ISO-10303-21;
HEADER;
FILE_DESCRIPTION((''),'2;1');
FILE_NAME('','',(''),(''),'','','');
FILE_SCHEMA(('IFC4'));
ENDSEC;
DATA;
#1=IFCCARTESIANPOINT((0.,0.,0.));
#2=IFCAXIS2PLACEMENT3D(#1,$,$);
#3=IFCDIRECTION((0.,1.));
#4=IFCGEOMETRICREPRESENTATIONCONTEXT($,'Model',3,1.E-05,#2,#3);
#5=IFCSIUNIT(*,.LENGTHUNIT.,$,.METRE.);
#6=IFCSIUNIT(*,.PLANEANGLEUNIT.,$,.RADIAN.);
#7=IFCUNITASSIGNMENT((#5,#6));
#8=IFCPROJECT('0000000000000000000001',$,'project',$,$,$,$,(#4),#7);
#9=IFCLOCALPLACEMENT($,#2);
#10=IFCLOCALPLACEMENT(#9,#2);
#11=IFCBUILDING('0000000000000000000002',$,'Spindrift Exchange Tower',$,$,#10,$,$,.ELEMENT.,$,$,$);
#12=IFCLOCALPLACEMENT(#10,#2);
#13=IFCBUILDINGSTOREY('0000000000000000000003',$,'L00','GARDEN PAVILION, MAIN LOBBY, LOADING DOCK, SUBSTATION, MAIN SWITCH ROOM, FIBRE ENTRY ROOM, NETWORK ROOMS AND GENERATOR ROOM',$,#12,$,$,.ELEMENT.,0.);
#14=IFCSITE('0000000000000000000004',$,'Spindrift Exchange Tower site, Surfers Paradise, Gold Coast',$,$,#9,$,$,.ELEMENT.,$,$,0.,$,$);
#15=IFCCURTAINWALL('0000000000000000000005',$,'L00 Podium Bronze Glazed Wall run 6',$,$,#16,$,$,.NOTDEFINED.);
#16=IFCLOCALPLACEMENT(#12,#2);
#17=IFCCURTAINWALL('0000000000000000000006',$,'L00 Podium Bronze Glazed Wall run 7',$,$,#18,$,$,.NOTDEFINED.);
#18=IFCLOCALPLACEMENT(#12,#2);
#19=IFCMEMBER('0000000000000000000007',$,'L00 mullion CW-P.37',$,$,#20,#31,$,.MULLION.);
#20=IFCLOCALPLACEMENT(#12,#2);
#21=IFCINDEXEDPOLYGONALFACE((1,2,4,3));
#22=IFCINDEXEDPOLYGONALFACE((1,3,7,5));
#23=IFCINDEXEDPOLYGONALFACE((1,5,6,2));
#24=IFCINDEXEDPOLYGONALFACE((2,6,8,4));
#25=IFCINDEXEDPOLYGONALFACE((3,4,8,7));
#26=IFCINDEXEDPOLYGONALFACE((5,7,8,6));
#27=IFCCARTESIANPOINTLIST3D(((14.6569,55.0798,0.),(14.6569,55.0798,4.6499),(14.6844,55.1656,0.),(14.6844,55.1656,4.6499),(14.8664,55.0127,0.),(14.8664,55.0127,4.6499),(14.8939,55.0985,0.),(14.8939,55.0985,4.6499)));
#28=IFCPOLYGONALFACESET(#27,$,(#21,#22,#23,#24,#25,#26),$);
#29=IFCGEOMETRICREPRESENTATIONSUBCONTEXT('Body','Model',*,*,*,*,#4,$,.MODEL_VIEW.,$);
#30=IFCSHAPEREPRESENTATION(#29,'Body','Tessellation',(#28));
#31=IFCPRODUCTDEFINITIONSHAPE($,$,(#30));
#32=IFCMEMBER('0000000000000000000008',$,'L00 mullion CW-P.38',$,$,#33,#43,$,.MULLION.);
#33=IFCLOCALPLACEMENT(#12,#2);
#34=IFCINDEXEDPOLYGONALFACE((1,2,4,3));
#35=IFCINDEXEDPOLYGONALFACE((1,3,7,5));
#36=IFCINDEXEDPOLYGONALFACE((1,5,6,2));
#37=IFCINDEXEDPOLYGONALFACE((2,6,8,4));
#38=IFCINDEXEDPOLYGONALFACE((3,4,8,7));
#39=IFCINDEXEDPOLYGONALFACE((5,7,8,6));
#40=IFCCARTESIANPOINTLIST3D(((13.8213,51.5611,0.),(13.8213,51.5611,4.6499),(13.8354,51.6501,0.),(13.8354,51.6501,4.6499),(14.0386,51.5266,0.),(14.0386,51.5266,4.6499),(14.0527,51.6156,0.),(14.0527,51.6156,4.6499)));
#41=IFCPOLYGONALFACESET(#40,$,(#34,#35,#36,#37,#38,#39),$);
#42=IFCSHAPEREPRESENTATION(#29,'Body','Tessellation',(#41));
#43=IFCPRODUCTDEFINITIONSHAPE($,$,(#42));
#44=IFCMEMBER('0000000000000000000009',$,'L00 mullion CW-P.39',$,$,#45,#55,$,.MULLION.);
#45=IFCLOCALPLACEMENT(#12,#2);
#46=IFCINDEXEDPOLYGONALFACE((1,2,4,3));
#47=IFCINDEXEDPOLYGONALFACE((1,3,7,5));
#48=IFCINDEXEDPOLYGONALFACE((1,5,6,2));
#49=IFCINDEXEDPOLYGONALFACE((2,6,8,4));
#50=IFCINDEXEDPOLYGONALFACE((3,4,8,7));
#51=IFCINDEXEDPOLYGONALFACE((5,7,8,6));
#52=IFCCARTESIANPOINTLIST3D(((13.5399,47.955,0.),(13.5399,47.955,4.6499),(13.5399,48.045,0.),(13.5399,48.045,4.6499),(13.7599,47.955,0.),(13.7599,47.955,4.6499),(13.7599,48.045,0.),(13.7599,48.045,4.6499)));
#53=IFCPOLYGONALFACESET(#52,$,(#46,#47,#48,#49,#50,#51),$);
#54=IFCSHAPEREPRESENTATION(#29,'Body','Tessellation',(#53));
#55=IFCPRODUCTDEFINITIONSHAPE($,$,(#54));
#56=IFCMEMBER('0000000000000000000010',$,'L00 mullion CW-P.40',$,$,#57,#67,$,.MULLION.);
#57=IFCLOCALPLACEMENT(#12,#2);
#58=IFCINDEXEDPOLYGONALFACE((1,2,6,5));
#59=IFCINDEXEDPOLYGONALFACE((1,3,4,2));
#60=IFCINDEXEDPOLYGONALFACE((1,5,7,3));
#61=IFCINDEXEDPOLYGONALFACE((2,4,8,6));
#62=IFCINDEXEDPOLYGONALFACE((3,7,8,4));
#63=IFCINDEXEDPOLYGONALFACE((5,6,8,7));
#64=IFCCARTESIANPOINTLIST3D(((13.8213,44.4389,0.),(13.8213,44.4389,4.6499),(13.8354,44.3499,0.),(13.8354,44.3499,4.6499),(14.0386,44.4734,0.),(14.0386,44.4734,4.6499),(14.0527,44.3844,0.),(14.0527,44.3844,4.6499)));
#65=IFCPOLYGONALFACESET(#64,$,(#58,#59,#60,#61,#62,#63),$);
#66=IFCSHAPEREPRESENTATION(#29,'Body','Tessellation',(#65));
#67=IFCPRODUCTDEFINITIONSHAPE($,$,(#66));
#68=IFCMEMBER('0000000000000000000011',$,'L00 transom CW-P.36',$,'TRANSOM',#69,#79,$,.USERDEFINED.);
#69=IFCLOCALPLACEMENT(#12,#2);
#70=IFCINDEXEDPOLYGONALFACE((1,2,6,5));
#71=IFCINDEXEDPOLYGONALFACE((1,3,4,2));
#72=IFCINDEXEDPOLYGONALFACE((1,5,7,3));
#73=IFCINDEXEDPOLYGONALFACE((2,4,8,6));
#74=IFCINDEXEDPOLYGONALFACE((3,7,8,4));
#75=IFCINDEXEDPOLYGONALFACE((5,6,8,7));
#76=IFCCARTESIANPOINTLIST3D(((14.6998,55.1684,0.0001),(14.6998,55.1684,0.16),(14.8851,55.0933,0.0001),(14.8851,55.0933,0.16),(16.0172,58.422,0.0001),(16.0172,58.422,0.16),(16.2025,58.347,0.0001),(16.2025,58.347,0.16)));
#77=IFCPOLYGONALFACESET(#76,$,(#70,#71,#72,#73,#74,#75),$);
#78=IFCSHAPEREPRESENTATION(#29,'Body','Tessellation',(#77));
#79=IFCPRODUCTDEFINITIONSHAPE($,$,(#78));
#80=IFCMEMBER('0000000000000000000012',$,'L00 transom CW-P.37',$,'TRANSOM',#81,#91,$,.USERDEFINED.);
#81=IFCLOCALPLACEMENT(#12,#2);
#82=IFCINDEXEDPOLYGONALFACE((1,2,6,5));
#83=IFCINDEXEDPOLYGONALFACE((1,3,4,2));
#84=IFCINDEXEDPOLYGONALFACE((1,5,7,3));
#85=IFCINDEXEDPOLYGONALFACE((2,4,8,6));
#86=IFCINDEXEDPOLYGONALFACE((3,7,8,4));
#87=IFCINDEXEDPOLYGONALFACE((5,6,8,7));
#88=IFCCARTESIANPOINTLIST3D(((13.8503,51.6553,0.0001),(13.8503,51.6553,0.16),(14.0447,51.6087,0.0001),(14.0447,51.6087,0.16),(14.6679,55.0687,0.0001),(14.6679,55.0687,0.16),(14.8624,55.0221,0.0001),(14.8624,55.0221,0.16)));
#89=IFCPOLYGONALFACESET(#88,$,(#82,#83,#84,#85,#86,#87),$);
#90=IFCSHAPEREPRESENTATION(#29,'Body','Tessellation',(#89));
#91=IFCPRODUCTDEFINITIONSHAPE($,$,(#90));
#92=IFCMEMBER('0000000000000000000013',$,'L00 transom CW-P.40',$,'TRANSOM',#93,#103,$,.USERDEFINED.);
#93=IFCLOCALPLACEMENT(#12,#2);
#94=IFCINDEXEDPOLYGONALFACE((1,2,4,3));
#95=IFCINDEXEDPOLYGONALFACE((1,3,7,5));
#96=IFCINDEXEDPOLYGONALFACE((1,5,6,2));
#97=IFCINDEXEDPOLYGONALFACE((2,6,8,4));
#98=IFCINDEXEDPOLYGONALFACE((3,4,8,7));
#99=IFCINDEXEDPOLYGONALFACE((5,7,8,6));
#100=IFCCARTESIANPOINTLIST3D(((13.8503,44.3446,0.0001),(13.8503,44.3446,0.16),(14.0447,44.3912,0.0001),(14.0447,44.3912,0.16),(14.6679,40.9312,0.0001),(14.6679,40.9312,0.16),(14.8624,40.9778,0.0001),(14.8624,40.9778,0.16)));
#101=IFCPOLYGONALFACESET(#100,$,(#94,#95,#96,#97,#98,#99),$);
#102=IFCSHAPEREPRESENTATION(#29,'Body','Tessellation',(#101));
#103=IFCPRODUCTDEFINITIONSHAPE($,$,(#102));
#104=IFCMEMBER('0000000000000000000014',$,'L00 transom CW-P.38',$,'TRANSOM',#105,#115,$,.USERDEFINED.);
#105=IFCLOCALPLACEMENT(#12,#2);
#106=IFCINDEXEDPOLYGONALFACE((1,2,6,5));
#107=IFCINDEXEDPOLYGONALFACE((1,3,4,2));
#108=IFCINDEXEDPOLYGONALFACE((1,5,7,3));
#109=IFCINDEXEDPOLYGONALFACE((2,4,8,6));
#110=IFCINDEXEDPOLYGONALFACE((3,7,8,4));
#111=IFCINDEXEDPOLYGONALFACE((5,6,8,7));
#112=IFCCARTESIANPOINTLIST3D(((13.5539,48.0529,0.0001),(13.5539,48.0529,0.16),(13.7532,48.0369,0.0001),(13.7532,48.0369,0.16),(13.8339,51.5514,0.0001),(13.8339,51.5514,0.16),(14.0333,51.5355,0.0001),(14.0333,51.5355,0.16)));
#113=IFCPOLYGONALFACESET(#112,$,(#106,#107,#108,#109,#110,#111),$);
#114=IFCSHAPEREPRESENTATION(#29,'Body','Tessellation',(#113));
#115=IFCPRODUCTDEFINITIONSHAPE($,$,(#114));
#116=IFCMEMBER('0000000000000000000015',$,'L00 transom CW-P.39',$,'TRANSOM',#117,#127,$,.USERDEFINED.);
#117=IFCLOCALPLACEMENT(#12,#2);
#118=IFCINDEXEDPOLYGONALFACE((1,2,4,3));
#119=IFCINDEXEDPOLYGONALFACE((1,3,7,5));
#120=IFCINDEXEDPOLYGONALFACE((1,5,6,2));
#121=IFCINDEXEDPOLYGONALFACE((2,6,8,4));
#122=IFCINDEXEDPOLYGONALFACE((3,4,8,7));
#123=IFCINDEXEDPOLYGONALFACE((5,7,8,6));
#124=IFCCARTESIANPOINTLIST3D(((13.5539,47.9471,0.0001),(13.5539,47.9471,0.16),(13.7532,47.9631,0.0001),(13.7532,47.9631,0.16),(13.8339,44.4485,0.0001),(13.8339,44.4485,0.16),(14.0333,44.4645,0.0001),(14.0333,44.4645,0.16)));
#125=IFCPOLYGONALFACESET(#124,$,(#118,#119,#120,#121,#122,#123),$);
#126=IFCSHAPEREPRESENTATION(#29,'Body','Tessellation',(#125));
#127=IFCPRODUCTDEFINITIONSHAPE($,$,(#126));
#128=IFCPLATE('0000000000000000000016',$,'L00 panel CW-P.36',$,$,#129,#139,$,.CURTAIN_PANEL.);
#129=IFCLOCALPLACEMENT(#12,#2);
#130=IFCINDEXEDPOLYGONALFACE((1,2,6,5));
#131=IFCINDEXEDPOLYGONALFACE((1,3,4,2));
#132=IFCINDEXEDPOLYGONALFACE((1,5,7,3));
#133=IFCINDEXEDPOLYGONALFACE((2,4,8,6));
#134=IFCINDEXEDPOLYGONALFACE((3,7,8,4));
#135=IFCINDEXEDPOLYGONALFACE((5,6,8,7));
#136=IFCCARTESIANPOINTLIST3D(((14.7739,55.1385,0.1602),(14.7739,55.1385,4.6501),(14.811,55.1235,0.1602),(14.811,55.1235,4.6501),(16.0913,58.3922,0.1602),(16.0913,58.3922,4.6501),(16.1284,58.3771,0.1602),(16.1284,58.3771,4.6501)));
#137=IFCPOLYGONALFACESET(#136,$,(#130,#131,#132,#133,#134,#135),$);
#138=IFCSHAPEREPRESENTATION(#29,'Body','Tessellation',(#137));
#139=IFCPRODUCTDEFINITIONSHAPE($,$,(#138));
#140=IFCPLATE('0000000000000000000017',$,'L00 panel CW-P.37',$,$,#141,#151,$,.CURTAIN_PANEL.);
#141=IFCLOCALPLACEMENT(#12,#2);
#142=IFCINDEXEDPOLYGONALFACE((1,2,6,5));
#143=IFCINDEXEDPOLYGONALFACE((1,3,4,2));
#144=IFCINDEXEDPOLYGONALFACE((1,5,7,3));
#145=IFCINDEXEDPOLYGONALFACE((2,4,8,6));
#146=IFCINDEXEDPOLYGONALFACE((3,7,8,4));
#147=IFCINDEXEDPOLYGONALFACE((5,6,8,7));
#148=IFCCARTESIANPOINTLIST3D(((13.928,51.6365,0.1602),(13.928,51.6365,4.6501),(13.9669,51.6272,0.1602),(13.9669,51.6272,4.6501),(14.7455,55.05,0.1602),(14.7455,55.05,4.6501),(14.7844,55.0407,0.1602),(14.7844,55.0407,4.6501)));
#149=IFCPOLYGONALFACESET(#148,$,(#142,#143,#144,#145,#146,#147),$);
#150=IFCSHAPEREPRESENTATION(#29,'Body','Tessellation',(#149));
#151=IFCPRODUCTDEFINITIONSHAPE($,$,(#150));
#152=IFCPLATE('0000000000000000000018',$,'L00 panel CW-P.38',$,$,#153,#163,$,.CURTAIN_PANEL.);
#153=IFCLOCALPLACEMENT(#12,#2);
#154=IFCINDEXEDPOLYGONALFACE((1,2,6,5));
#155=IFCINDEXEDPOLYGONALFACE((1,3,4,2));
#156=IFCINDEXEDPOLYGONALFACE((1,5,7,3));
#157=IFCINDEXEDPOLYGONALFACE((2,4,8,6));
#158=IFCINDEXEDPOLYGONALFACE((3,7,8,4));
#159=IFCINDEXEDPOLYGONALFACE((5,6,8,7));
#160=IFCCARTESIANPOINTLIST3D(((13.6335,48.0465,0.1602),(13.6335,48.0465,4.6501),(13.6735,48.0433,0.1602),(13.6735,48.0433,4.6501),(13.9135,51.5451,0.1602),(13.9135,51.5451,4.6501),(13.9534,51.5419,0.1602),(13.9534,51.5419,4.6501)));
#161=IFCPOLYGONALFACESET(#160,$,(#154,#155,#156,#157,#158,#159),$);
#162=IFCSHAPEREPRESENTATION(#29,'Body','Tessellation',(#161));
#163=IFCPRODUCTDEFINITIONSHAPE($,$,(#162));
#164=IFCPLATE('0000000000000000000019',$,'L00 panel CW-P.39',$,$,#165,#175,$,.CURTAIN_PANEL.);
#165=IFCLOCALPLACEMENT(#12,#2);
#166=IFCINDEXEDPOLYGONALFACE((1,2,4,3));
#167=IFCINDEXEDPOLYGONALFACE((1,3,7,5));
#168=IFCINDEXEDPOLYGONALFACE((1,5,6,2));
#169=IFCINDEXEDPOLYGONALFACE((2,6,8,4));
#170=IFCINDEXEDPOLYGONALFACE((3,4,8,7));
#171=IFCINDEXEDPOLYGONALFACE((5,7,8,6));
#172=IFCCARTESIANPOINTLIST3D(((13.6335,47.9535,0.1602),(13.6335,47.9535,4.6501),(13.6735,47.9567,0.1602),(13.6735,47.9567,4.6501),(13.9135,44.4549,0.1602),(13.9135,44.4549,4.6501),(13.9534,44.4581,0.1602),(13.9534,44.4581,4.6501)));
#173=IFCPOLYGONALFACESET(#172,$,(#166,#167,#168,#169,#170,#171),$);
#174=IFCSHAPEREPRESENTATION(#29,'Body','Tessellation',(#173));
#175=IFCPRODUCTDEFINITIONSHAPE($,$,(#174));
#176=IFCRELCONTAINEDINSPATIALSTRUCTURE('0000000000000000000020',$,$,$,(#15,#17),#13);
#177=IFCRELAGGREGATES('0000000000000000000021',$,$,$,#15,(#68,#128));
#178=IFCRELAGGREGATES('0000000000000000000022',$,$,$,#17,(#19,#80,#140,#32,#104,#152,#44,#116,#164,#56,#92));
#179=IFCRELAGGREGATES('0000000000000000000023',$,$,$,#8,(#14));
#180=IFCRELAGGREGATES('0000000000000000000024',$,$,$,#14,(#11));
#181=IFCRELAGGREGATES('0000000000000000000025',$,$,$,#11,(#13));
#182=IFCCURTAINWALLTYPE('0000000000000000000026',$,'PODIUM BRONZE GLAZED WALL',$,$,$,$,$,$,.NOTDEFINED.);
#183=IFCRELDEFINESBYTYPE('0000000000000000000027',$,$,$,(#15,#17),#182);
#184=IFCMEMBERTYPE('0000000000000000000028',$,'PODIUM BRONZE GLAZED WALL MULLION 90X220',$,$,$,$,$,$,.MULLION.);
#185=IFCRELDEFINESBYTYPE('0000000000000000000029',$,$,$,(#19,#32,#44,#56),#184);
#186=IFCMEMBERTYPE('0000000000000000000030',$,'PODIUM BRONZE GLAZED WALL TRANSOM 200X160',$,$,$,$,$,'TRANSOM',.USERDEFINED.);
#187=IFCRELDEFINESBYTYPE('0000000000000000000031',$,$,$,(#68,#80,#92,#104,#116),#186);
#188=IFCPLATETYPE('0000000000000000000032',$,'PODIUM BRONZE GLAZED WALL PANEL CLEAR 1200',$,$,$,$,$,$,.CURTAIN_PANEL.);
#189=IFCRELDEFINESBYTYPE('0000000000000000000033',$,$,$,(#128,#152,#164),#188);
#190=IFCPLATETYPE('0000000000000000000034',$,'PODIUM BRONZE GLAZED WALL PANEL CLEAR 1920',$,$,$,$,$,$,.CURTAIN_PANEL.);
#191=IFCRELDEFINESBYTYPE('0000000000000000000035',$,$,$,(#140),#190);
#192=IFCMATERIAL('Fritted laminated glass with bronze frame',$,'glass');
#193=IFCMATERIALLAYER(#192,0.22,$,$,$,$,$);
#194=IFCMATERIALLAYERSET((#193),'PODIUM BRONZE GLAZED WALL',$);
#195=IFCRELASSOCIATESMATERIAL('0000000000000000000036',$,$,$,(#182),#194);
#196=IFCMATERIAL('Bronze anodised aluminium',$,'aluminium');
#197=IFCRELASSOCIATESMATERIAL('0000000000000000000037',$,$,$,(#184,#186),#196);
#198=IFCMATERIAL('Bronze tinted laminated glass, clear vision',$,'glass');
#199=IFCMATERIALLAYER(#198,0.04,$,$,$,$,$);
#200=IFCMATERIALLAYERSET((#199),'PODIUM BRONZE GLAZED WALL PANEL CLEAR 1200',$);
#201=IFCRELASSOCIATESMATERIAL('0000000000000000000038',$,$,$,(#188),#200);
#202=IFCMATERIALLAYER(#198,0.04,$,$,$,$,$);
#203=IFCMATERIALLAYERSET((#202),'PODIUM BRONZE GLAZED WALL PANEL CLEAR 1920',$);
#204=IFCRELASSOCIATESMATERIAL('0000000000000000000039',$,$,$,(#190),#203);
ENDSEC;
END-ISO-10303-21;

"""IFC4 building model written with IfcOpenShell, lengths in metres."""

from ifc_helpers import new_model, si_unit, direction, frame, origin, origin_2d, place, context, subcontext, project, spatial, rectangle, extrude, source, transform, mapped, material, layer, layer_set, material_profile, profile_set, type_object, element, aggregate, save


model = new_model("IFC4")

# Units and contexts
model_context = context("Model", 3, precision=1e-05, world=origin(), true_north=direction((0.0, 1.0)))
body_context = subcontext(model_context, "Body", "Model", "MODEL_VIEW")
ifc_project = project(units=[si_unit("LENGTHUNIT", "METRE"), si_unit("PLANEANGLEUNIT", "RADIAN")], contexts=[model_context])

# Site, building, storey
site_placement = place(None, origin())
site = spatial("IfcSite", under=ifc_project, at=site_placement, Name="Spindrift Exchange Tower site, Surfers Paradise, Gold Coast", CompositionType="ELEMENT", RefElevation=0.0)
building_placement = place(site_placement, origin())
building = spatial("IfcBuilding", under=site, at=building_placement, Name="Spindrift Exchange Tower", CompositionType="ELEMENT")
storey_placement = place(building_placement, origin())
storey = spatial("IfcBuildingStorey", under=building, at=storey_placement, Name="L00", Description="GARDEN PAVILION, MAIN LOBBY, LOADING DOCK, SUBSTATION, MAIN SWITCH ROOM, FIBRE ENTRY ROOM, NETWORK ROOMS AND GENERATOR ROOM", CompositionType="ELEMENT", Elevation=0.0)

# Curtain wall
ifc_material_1 = material(Name="Fritted laminated glass with bronze frame", Category="glass")
ifc_layer_1 = layer(ifc_material_1, 0.22)
ifc_layer_set_1 = layer_set([ifc_layer_1], Name="PODIUM BRONZE GLAZED WALL")
curtain_wall_type = type_object("IfcCurtainWallType", Name="PODIUM BRONZE GLAZED WALL", PredefinedType="NOTDEFINED", material=ifc_layer_set_1)
curtain_wall_1_placement = place(storey_placement, origin())
curtain_wall_1 = element("IfcCurtainWall", 1, at=curtain_wall_1_placement, inside=storey, type_object=curtain_wall_type, Name="L00 Podium Bronze Glazed Wall run 6", PredefinedType="NOTDEFINED")
ifc_material_2 = material(Name="Bronze anodised aluminium", Category="aluminium")
ifc_material_profile_1 = material_profile(ifc_material_2, rectangle(XDim=0.0901, YDim=0.22, at=origin_2d()), Name="PODIUM BRONZE GLAZED WALL MULLION 90X220")
ifc_profile_set_1 = profile_set([ifc_material_profile_1], Name="Bronze anodised aluminium")
member_type_1 = type_object("IfcMemberType", Name="PODIUM BRONZE GLAZED WALL MULLION 90X220", PredefinedType="MULLION", material=ifc_profile_set_1)
shared_shape_1 = source(origin(), body_context, "Body", "SweptSolid", [
    extrude(rectangle(XDim=0.0901, YDim=0.22, at=origin_2d()), origin(), (0.0, 0.0, 1.0), 4.6499),
])

# Curtain wall, members
curtain_wall_2_placement = place(storey_placement, origin())
curtain_wall_2 = element("IfcCurtainWall", 2, at=curtain_wall_2_placement, inside=storey, type_object=curtain_wall_type, Name="L00 Podium Bronze Glazed Wall run 7", PredefinedType="NOTDEFINED")
member_1_placement = place(storey_placement, frame((14.7754, 55.0891, 0.0), z_axis=(0.0, 0.0, 1.0), x_axis=(-0.304954, -0.952367, 0.0)))
member_1 = element("IfcMember", 3, at=member_1_placement, type_object=member_type_1, Name="L00 mullion CW-P.37", PredefinedType="MULLION", context=body_context, shape_type="MappedRepresentation", body=[
    mapped(shared_shape_1, transform((0.0, 0.0, 0.0), scale=1.0)),
])
member_2_placement = place(storey_placement, frame((13.937, 51.5884, 0.0), z_axis=(0.0, 0.0, 1.0), x_axis=(-0.156797, -0.987631, 0.0)))
member_2 = element("IfcMember", 4, at=member_2_placement, type_object=member_type_1, Name="L00 mullion CW-P.38", PredefinedType="MULLION", context=body_context, shape_type="MappedRepresentation", body=[
    mapped(shared_shape_1, transform((0.0, 0.0, 0.0), scale=1.0)),
])
member_3_placement = place(storey_placement, frame((13.6499, 48.0, 0.0), z_axis=(0.0, 0.0, 1.0), x_axis=(0.0, -1.0, 0.0)))
member_3 = element("IfcMember", 5, at=member_3_placement, type_object=member_type_1, Name="L00 mullion CW-P.39", PredefinedType="MULLION", context=body_context, shape_type="MappedRepresentation", body=[
    mapped(shared_shape_1, transform((0.0, 0.0, 0.0), scale=1.0)),
])
member_4_placement = place(storey_placement, frame((13.937, 44.4116, 0.0), z_axis=(0.0, 0.0, 1.0), x_axis=(0.156797, -0.987631, 0.0)))
member_4 = element("IfcMember", 6, at=member_4_placement, type_object=member_type_1, Name="L00 mullion CW-P.40", PredefinedType="MULLION", context=body_context, shape_type="MappedRepresentation", body=[
    mapped(shared_shape_1, transform((0.0, 0.0, 0.0), scale=1.0)),
])

# Members
ifc_material_profile_2 = material_profile(ifc_material_2, rectangle(XDim=0.2, YDim=0.1599, at=origin_2d()), Name="PODIUM BRONZE GLAZED WALL TRANSOM 200X160")
ifc_profile_set_2 = profile_set([ifc_material_profile_2], Name="Bronze anodised aluminium")
member_type_2 = type_object("IfcMemberType", Name="PODIUM BRONZE GLAZED WALL TRANSOM 200X160", ElementType="TRANSOM", PredefinedType="USERDEFINED", material=ifc_profile_set_2)
shared_shape_2 = source(origin(), body_context, "Body", "SweptSolid", [
    extrude(rectangle(XDim=0.2, YDim=0.1599, at=origin_2d()), origin(), (0.0, 0.0, 1.0), 3.5103),
])
member_5_placement = place(storey_placement, frame((16.1099, 58.3845, 0.0801), z_axis=(-0.375297, -0.926905, 0.0), x_axis=(0.926905, -0.375297, 0.0)))
member_5 = element("IfcMember", 7, at=member_5_placement, type_object=member_type_2, Name="L00 transom CW-P.36", ObjectType="TRANSOM", PredefinedType="USERDEFINED", context=body_context, shape_type="MappedRepresentation", body=[
    mapped(shared_shape_2, transform((0.0, 0.0, 0.0), scale=1.0)),
])
shared_shape_3 = source(origin(), body_context, "Body", "SweptSolid", [
    extrude(rectangle(XDim=0.2, YDim=0.1599, at=origin_2d()), origin(), (0.0, 0.0, 1.0), 3.51),
])
member_6_placement = place(storey_placement, frame((14.7651, 55.0454, 0.0801), z_axis=(-0.232949, -0.972489, 0.0), x_axis=(0.972489, -0.232949, 0.0)))
member_6 = element("IfcMember", 8, at=member_6_placement, type_object=member_type_2, Name="L00 transom CW-P.37", ObjectType="TRANSOM", PredefinedType="USERDEFINED", context=body_context, shape_type="MappedRepresentation", body=[
    mapped(shared_shape_3, transform((0.0, 0.0, 0.0), scale=1.0)),
])
member_7_placement = place(storey_placement, frame((13.9475, 44.3679, 0.0801), z_axis=(0.232949, -0.972489, 0.0), x_axis=(0.972489, 0.232949, 0.0)))
member_7 = element("IfcMember", 9, at=member_7_placement, type_object=member_type_2, Name="L00 transom CW-P.40", ObjectType="TRANSOM", PredefinedType="USERDEFINED", context=body_context, shape_type="MappedRepresentation", body=[
    mapped(shared_shape_3, transform((0.0, 0.0, 0.0), scale=1.0)),
])
shared_shape_4 = source(origin(), body_context, "Body", "SweptSolid", [
    extrude(rectangle(XDim=0.2, YDim=0.1599, at=origin_2d()), origin(), (0.0, 0.0, 1.0), 3.5098),
])
member_8_placement = place(storey_placement, frame((13.9336, 51.5435, 0.0801), z_axis=(-0.079787, -0.996812, 0.0), x_axis=(0.996812, -0.079787, 0.0)))
member_8 = element("IfcMember", 10, at=member_8_placement, type_object=member_type_2, Name="L00 transom CW-P.38", ObjectType="TRANSOM", PredefinedType="USERDEFINED", context=body_context, shape_type="MappedRepresentation", body=[
    mapped(shared_shape_4, transform((0.0, 0.0, 0.0), scale=1.0)),
])
member_9_placement = place(storey_placement, frame((13.6536, 47.9551, 0.0801), z_axis=(0.079787, -0.996812, 0.0), x_axis=(0.996812, 0.079787, 0.0)))
member_9 = element("IfcMember", 11, at=member_9_placement, type_object=member_type_2, Name="L00 transom CW-P.39", ObjectType="TRANSOM", PredefinedType="USERDEFINED", context=body_context, shape_type="MappedRepresentation", body=[
    mapped(shared_shape_4, transform((0.0, 0.0, 0.0), scale=1.0)),
])

# Plates
ifc_material_3 = material(Name="Bronze tinted laminated glass, clear vision", Category="glass")
ifc_layer_2 = layer(ifc_material_3, 0.04)
ifc_layer_set_2 = layer_set([ifc_layer_2], Name="PODIUM BRONZE GLAZED WALL PANEL CLEAR 1200")
plate_type_1 = type_object("IfcPlateType", Name="PODIUM BRONZE GLAZED WALL PANEL CLEAR 1200", PredefinedType="CURTAIN_PANEL", material=ifc_layer_set_2)
shared_shape_5 = source(origin(), body_context, "Body", "SweptSolid", [
    extrude(rectangle(XDim=3.5103, YDim=0.04, at=origin_2d()), origin(), (0.0, 0.0, 1.0), 4.49),
])
plate_1_placement = place(storey_placement, frame((15.4512, 56.7578, 0.1602), z_axis=(0.0, 0.0, 1.0), x_axis=(-0.375304, -0.926902, 0.0)))
plate_1 = element("IfcPlate", 12, at=plate_1_placement, type_object=plate_type_1, Name="L00 panel CW-P.36", PredefinedType="CURTAIN_PANEL", context=body_context, shape_type="MappedRepresentation", body=[
    mapped(shared_shape_5, transform((0.0, 0.0, 0.0), scale=1.0)),
])
aggregate(curtain_wall_1, [member_5, plate_1])
ifc_layer_3 = layer(ifc_material_3, 0.04)
ifc_layer_set_3 = layer_set([ifc_layer_3], Name="PODIUM BRONZE GLAZED WALL PANEL CLEAR 1920")
plate_type_2 = type_object("IfcPlateType", Name="PODIUM BRONZE GLAZED WALL PANEL CLEAR 1920", PredefinedType="CURTAIN_PANEL", material=ifc_layer_set_3)
shared_shape_6 = source(origin(), body_context, "Body", "SweptSolid", [
    extrude(rectangle(XDim=3.51, YDim=0.04, at=origin_2d()), origin(), (0.0, 0.0, 1.0), 4.49),
])
plate_2_placement = place(storey_placement, frame((14.3562, 53.3386, 0.1602), z_axis=(0.0, 0.0, 1.0), x_axis=(-0.232895, -0.972502, 0.0)))
plate_2 = element("IfcPlate", 13, at=plate_2_placement, type_object=plate_type_2, Name="L00 panel CW-P.37", PredefinedType="CURTAIN_PANEL", context=body_context, shape_type="MappedRepresentation", body=[
    mapped(shared_shape_6, transform((0.0, 0.0, 0.0), scale=1.0)),
])
shared_shape_7 = source(origin(), body_context, "Body", "SweptSolid", [
    extrude(rectangle(XDim=3.5098, YDim=0.04, at=origin_2d()), origin(), (0.0, 0.0, 1.0), 4.49),
])
plate_3_placement = place(storey_placement, frame((13.7935, 49.7942, 0.1602), z_axis=(0.0, 0.0, 1.0), x_axis=(-0.079755, -0.996814, 0.0)))
plate_3 = element("IfcPlate", 14, at=plate_3_placement, type_object=plate_type_1, Name="L00 panel CW-P.38", PredefinedType="CURTAIN_PANEL", context=body_context, shape_type="MappedRepresentation", body=[
    mapped(shared_shape_7, transform((0.0, 0.0, 0.0), scale=1.0)),
])
plate_4_placement = place(storey_placement, frame((13.7935, 46.2058, 0.1602), z_axis=(0.0, 0.0, 1.0), x_axis=(0.079755, -0.996814, 0.0)))
plate_4 = element("IfcPlate", 15, at=plate_4_placement, type_object=plate_type_1, Name="L00 panel CW-P.39", PredefinedType="CURTAIN_PANEL", context=body_context, shape_type="MappedRepresentation", body=[
    mapped(shared_shape_7, transform((0.0, 0.0, 0.0), scale=1.0)),
])
aggregate(curtain_wall_2, [member_1, member_6, plate_2, member_2, member_8, plate_3, member_3, member_9, plate_4, member_4, member_7])

save(model, "model.ifc")
